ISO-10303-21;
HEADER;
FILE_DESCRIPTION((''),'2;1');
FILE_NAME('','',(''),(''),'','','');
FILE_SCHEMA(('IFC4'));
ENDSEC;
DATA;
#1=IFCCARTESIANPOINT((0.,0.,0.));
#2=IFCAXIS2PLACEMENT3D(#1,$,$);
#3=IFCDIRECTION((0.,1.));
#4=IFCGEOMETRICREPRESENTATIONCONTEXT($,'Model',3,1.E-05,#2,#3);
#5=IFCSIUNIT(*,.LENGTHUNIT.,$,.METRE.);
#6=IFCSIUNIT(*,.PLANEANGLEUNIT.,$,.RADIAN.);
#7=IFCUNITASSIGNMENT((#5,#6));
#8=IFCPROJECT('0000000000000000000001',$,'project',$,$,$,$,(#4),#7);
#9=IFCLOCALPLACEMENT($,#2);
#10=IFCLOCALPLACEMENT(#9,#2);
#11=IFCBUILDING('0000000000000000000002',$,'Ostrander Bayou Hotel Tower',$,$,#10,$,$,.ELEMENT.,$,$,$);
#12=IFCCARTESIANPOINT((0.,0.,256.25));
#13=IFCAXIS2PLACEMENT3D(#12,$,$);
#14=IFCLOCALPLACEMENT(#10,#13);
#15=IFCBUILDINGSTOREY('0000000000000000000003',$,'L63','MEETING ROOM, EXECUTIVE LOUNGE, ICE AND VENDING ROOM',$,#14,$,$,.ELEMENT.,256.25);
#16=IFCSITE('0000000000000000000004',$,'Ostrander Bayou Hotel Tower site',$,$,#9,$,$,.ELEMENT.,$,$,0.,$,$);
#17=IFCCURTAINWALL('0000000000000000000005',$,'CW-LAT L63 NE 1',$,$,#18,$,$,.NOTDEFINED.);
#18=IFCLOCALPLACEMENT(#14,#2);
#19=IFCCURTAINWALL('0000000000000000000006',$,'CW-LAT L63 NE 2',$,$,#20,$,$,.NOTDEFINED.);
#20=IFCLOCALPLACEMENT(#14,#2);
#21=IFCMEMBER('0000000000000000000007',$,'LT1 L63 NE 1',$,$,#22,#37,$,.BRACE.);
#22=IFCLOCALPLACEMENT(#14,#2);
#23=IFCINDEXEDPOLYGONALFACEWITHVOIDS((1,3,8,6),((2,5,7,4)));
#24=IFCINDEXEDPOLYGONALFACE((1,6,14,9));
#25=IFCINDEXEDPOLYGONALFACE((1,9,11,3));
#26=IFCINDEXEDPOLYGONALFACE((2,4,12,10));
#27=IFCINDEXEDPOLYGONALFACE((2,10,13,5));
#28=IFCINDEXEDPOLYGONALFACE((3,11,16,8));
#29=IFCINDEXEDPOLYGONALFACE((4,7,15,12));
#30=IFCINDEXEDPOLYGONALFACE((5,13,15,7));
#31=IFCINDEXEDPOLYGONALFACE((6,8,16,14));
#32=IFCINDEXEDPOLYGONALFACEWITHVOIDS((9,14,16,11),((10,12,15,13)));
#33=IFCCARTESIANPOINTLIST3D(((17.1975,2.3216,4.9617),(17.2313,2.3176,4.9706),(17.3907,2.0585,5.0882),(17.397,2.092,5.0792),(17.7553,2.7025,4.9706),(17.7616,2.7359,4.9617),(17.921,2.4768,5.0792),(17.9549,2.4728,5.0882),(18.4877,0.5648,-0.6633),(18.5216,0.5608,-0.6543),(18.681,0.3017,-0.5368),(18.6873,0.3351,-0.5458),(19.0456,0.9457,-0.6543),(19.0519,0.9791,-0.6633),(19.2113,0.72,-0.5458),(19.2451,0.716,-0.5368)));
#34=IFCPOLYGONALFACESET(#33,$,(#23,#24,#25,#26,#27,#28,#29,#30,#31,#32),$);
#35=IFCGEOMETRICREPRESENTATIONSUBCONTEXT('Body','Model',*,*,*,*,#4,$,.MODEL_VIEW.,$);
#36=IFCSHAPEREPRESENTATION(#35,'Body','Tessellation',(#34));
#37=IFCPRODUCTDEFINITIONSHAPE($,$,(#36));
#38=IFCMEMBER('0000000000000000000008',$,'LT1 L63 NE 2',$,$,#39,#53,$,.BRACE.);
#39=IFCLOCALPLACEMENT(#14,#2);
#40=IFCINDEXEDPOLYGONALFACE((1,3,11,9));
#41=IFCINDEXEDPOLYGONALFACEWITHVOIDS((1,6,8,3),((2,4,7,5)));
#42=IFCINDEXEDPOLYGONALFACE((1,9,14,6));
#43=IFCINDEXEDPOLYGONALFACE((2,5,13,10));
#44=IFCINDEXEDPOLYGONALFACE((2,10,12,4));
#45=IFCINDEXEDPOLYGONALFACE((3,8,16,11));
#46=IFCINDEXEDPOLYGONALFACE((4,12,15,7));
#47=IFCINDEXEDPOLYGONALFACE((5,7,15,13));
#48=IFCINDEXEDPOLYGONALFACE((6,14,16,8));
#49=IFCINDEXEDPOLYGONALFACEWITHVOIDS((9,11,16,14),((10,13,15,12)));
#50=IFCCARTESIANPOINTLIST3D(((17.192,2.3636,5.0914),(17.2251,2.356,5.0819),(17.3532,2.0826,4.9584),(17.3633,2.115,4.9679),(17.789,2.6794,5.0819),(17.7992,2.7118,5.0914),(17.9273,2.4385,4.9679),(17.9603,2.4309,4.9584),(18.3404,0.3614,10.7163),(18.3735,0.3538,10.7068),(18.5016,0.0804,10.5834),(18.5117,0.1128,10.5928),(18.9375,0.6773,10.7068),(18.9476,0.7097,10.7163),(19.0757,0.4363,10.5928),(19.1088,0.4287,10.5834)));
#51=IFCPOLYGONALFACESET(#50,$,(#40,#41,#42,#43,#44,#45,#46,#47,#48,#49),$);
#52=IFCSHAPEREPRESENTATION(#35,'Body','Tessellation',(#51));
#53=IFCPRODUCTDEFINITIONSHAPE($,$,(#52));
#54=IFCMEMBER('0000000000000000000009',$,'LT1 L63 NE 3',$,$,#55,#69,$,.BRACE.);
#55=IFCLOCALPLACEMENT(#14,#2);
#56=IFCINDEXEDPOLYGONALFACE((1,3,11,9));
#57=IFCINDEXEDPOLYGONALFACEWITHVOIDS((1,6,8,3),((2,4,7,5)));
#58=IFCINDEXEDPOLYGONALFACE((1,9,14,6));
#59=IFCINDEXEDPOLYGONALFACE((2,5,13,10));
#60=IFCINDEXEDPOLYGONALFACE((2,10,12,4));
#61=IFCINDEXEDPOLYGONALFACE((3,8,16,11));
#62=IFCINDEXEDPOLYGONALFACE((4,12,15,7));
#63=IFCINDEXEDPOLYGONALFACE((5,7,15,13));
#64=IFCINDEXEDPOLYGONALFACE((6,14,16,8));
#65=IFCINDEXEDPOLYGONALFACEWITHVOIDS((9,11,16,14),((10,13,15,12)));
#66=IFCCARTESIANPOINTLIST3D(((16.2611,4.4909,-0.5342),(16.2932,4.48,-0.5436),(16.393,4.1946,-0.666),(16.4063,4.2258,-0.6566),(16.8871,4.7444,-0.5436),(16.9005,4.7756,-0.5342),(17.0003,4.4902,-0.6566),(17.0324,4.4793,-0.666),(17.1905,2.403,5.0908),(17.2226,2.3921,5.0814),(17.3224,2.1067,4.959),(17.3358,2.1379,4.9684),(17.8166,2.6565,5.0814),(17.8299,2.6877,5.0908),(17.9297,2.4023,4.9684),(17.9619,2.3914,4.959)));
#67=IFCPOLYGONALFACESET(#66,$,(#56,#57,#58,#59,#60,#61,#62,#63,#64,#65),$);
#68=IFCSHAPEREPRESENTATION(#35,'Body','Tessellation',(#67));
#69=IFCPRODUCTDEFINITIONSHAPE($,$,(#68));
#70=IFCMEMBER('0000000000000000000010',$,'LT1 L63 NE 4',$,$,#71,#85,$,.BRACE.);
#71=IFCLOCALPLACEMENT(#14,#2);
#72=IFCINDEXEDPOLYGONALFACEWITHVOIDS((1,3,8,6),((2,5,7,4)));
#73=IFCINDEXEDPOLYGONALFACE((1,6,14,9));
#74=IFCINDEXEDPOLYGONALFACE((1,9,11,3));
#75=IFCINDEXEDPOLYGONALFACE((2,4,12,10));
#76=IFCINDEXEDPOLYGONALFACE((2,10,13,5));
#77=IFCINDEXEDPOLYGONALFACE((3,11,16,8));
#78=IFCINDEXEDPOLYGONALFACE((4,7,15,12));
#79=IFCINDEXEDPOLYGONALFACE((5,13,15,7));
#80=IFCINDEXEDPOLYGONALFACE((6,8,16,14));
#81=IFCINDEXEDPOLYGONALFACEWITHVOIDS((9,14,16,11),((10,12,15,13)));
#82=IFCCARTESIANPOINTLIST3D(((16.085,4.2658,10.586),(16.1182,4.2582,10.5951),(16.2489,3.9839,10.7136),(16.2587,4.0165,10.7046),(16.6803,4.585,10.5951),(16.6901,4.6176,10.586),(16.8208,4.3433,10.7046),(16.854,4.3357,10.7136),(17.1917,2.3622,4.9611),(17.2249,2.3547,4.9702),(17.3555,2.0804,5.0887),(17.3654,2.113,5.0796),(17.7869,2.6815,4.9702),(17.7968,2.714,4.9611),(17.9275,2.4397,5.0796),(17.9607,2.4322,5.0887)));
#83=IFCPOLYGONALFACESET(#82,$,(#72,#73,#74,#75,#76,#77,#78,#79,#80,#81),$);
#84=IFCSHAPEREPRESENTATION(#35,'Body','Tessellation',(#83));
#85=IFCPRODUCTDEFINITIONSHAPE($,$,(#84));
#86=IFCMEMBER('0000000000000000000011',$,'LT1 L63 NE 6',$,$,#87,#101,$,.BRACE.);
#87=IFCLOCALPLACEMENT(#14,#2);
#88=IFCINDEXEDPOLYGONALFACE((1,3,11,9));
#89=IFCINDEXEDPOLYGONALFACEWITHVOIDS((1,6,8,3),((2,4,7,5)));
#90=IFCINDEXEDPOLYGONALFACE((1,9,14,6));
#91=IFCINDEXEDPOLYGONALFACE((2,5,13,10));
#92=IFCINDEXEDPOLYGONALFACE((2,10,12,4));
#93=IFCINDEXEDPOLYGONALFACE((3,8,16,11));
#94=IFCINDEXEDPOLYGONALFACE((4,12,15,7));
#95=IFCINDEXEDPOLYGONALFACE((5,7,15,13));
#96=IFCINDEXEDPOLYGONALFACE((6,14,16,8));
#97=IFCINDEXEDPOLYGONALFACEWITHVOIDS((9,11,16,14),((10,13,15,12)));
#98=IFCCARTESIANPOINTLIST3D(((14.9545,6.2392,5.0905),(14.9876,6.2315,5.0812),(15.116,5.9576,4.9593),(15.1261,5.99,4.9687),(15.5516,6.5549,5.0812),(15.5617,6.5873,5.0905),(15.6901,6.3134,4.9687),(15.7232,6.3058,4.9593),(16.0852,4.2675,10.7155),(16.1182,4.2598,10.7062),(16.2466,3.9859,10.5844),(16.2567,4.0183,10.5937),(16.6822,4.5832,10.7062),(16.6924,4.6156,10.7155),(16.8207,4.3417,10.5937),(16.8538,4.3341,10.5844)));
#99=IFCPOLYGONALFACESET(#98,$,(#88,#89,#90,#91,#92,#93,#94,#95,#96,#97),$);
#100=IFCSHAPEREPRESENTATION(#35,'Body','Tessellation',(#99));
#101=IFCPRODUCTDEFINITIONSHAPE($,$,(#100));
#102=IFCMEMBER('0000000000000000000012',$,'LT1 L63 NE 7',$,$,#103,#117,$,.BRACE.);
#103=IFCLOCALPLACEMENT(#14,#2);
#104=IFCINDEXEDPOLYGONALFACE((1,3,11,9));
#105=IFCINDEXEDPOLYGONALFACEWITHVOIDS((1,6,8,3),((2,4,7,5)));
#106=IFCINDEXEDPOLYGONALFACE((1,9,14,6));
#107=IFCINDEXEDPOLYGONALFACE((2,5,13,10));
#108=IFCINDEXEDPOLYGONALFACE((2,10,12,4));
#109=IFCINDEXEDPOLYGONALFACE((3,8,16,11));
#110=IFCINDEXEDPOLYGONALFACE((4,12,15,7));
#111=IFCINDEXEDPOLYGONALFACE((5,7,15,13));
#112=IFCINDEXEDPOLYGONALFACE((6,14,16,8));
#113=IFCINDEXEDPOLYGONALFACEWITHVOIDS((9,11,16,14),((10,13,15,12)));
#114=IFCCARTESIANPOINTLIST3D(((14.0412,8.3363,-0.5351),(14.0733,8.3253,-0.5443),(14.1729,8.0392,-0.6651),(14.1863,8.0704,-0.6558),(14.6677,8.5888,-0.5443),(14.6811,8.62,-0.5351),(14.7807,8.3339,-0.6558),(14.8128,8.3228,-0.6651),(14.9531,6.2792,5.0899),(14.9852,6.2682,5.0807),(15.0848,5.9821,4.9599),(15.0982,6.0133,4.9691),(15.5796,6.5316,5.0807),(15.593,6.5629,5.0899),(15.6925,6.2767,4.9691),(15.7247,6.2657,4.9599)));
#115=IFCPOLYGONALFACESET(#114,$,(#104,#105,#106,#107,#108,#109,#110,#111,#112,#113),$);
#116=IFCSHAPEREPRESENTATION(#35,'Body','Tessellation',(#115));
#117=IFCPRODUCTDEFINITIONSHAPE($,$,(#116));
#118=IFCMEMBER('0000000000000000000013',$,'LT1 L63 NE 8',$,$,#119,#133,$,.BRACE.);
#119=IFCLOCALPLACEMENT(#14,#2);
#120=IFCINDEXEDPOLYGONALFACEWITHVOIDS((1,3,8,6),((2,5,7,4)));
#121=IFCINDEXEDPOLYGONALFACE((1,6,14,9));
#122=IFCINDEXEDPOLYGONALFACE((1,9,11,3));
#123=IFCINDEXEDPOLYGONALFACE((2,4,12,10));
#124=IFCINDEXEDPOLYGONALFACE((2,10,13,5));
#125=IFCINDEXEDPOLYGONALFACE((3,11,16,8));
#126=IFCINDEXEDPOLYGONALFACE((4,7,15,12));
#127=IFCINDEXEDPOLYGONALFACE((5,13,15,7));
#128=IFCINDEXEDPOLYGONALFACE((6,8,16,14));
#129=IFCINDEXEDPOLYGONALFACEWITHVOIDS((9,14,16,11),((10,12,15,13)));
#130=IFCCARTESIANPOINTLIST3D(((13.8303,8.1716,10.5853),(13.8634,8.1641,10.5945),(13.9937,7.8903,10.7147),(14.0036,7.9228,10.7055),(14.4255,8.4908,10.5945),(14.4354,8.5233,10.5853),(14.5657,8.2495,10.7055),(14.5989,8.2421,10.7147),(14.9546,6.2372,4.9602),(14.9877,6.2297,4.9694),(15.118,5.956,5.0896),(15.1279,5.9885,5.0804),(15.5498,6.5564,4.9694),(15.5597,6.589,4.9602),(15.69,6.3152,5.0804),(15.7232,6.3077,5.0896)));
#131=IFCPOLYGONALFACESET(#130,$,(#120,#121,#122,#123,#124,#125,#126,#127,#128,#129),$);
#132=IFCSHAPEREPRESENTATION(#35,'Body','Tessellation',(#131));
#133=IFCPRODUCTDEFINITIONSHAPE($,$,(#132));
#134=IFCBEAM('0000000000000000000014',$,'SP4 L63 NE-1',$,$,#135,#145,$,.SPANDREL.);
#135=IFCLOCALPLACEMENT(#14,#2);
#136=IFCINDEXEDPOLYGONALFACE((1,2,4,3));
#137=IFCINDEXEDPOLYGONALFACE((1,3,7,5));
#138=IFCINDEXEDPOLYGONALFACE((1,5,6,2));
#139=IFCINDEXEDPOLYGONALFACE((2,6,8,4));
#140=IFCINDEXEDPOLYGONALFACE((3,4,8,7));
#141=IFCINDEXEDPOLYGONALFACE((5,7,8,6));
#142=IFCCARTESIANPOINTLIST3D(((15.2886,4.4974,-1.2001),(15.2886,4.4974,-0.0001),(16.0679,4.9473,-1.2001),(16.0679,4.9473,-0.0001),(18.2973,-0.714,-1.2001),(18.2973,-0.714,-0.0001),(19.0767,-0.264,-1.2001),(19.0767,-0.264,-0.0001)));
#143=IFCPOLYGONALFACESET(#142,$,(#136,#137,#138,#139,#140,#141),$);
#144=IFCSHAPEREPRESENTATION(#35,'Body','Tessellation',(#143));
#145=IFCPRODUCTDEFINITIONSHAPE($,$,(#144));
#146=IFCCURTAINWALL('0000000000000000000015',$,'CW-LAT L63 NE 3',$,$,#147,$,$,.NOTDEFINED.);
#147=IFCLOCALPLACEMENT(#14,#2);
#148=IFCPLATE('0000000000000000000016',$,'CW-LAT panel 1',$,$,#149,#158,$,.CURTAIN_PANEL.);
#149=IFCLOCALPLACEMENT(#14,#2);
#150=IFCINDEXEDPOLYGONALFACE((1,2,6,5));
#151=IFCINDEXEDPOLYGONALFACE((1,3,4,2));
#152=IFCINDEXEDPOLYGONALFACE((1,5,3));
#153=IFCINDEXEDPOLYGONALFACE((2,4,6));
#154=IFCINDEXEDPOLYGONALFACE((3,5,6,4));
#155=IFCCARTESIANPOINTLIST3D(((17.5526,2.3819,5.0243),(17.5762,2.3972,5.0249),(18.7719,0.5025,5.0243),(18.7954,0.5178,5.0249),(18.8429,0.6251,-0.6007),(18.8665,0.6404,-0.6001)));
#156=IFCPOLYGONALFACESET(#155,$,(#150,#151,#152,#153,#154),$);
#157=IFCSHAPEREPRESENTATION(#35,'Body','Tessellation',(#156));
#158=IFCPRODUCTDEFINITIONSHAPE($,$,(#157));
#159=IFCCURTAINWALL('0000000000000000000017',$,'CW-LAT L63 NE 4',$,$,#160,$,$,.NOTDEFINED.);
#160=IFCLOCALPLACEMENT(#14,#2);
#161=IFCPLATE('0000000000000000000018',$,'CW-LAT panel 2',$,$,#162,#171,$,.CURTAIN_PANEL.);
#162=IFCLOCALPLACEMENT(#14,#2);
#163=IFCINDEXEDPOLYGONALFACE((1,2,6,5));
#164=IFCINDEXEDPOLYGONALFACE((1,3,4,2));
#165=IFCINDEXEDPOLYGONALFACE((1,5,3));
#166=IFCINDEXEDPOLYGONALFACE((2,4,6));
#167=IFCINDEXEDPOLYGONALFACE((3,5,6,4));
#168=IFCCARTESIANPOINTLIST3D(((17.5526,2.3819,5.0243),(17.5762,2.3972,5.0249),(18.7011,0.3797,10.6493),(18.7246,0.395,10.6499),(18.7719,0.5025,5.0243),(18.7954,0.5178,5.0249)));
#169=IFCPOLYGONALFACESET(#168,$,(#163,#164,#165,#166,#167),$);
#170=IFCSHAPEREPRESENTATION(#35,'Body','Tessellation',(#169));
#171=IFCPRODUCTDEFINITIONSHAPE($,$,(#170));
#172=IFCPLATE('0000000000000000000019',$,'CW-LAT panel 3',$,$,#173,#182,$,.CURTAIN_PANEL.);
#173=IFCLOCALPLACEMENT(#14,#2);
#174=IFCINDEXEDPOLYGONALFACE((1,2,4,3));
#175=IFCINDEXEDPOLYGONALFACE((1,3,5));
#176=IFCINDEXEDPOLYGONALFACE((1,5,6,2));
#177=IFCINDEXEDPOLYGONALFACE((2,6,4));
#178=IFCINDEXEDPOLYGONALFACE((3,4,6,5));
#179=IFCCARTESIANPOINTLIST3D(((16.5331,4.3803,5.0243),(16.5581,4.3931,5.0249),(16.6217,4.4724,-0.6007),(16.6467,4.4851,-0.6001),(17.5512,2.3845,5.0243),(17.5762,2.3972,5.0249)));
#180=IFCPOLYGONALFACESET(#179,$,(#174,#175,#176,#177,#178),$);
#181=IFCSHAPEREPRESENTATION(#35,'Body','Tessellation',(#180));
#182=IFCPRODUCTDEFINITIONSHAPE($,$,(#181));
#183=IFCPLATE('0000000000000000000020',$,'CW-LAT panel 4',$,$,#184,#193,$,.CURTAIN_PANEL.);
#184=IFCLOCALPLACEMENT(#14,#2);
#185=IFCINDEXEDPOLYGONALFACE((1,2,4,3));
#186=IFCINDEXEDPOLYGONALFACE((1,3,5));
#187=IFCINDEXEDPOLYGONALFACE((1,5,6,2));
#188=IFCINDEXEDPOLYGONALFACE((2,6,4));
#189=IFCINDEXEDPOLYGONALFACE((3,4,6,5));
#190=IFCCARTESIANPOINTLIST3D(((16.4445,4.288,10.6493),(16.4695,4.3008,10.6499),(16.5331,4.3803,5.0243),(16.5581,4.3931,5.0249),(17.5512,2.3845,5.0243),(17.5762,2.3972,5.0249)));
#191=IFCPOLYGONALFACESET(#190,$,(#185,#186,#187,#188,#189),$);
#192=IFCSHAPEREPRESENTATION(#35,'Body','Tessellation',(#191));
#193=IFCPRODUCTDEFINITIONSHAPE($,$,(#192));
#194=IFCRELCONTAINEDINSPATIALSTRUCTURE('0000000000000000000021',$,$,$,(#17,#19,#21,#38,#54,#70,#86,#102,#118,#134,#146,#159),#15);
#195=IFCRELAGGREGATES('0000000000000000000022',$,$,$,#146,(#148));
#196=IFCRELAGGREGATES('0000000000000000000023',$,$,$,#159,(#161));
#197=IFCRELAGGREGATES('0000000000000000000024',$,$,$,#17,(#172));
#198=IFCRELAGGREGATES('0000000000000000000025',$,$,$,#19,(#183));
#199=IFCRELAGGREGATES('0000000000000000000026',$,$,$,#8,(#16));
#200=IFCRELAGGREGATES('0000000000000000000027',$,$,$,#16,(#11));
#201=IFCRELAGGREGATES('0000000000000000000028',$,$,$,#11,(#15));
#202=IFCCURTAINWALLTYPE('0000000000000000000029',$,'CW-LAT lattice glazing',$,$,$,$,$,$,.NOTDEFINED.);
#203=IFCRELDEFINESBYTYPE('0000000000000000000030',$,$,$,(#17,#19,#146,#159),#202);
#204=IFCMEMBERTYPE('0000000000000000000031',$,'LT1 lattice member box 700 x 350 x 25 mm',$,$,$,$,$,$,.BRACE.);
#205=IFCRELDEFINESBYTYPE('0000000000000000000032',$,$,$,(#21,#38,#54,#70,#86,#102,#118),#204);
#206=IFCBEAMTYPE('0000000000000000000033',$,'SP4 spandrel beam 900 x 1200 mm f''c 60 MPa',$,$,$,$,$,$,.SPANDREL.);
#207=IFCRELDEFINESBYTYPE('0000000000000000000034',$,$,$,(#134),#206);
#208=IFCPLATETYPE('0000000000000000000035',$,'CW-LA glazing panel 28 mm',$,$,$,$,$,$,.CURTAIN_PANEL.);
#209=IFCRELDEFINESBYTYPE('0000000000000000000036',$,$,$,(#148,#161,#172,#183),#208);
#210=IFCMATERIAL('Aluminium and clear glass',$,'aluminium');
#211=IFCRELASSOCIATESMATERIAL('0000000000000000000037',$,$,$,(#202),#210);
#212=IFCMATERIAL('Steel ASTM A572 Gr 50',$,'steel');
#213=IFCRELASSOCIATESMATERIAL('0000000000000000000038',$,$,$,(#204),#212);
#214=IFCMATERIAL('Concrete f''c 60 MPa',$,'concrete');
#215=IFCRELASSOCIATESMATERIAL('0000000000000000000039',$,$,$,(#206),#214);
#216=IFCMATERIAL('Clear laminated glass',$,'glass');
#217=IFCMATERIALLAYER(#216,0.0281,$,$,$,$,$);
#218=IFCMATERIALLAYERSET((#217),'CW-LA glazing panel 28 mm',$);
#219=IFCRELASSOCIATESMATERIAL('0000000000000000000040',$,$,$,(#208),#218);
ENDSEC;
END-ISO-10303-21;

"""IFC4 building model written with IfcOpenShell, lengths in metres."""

from ifc_helpers import new_model, si_unit, direction, frame, origin, origin_2d, place, context, subcontext, project, spatial, polyline, rectangle, hollow_rectangle, outline, extrude, material, layer, layer_set, material_profile, profile_set, type_object, element, aggregate, save


model = new_model("IFC4")

# Units and contexts
model_context = context("Model", 3, precision=1e-05, world=origin(), true_north=direction((0.0, 1.0)))
body_context = subcontext(model_context, "Body", "Model", "MODEL_VIEW")
ifc_project = project(units=[si_unit("LENGTHUNIT", "METRE"), si_unit("PLANEANGLEUNIT", "RADIAN")], contexts=[model_context])

# Site, building, storey
site_placement = place(None, origin())
site = spatial("IfcSite", under=ifc_project, at=site_placement, Name="Ostrander Bayou Hotel Tower site", CompositionType="ELEMENT", RefElevation=0.0)
building_placement = place(site_placement, origin())
building = spatial("IfcBuilding", under=site, at=building_placement, Name="Ostrander Bayou Hotel Tower", CompositionType="ELEMENT")
storey_placement = place(building_placement, frame((0.0, 0.0, 256.25)))
storey = spatial("IfcBuildingStorey", under=building, at=storey_placement, Name="L63", Description="MEETING ROOM, EXECUTIVE LOUNGE, ICE AND VENDING ROOM", CompositionType="ELEMENT", Elevation=256.25)

# Curtain walls
ifc_material_1 = material(Name="Aluminium and clear glass", Category="aluminium")
curtain_wall_type = type_object("IfcCurtainWallType", Name="CW-LAT lattice glazing", PredefinedType="NOTDEFINED", material=ifc_material_1)
curtain_wall_1_placement = place(storey_placement, origin())
curtain_wall_1 = element("IfcCurtainWall", 1, at=curtain_wall_1_placement, inside=storey, type_object=curtain_wall_type, Name="CW-LAT L63 NE 1", PredefinedType="NOTDEFINED")
curtain_wall_2_placement = place(storey_placement, origin())
curtain_wall_2 = element("IfcCurtainWall", 2, at=curtain_wall_2_placement, inside=storey, type_object=curtain_wall_type, Name="CW-LAT L63 NE 2", PredefinedType="NOTDEFINED")

# Members
ifc_material_2 = material(Name="Steel ASTM A572 Gr 50", Category="steel")
ifc_material_profile_1 = material_profile(ifc_material_2, hollow_rectangle(XDim=0.7, YDim=0.3501, WallThickness=0.0249, at=origin_2d()))
ifc_profile_set_1 = profile_set([ifc_material_profile_1], Name="Steel ASTM A572 Gr 50")
member_type_1 = type_object("IfcMemberType", Name="LT1 lattice member box 700 x 350 x 25 mm", PredefinedType="BRACE", material=ifc_profile_set_1)
member_1_placement = place(storey_placement, frame((17.5762, 2.3972, 5.0249), z_axis=(0.213886, -0.291225, -0.932438), x_axis=(0.805981, 0.591941, 0.0)))
element("IfcMember", 3, at=member_1_placement, inside=storey, type_object=member_type_1, Name="LT1 L63 NE 1", PredefinedType="BRACE", context=body_context, shape_type="SweptSolid", body=[
    extrude(hollow_rectangle(XDim=0.7, YDim=0.3501, WallThickness=0.0249, at=origin_2d()), origin(), (0.0, 0.0, 1.0), 6.0325),
])
member_2_placement = place(storey_placement, frame((17.5762, 2.3972, 5.0249), z_axis=(0.188883, -0.3293, 0.92514), x_axis=(0.867435, 0.497551, 0.0)))
element("IfcMember", 4, at=member_2_placement, inside=storey, type_object=member_type_1, Name="LT1 L63 NE 2", PredefinedType="BRACE", context=body_context, shape_type="SweptSolid", body=[
    extrude(hollow_rectangle(XDim=0.7, YDim=0.3501, WallThickness=0.0249, at=origin_2d()), origin(), (0.0, 0.0, 1.0), 6.0801),
])
member_3_placement = place(storey_placement, frame((17.5762, 2.3972, 5.0249), z_axis=(-0.153082, 0.343881, -0.926451), x_axis=(-0.913569, -0.406684, 0.0)))
element("IfcMember", 5, at=member_3_placement, inside=storey, type_object=member_type_1, Name="LT1 L63 NE 3", PredefinedType="BRACE", context=body_context, shape_type="SweptSolid", body=[
    extrude(hollow_rectangle(XDim=0.7, YDim=0.3501, WallThickness=0.0249, at=origin_2d()), origin(), (0.0, 0.0, 1.0), 6.0715),
])
member_4_placement = place(storey_placement, frame((17.5762, 2.3972, 5.0249), z_axis=(-0.183208, 0.315128, 0.931198), x_axis=(-0.864514, -0.502609, 0.0)))
element("IfcMember", 6, at=member_4_placement, inside=storey, type_object=member_type_1, Name="LT1 L63 NE 4", PredefinedType="BRACE", context=body_context, shape_type="SweptSolid", body=[
    extrude(hollow_rectangle(XDim=0.7, YDim=0.3501, WallThickness=0.0249, at=origin_2d()), origin(), (0.0, 0.0, 1.0), 6.0405),
])
member_5_placement = place(storey_placement, frame((15.3389, 6.2725, 5.0249), z_axis=(0.18636, -0.324993, 0.927173), x_axis=(0.867495, 0.497446, 0.0)))
element("IfcMember", 7, at=member_5_placement, inside=storey, type_object=member_type_1, Name="LT1 L63 NE 6", PredefinedType="BRACE", context=body_context, shape_type="SweptSolid", body=[
    extrude(hollow_rectangle(XDim=0.7, YDim=0.3501, WallThickness=0.0249, at=origin_2d()), origin(), (0.0, 0.0, 1.0), 6.0669),
])
member_6_placement = place(storey_placement, frame((15.3389, 6.2725, 5.0249), z_axis=(-0.150513, 0.339551, -0.928467), x_axis=(-0.914209, -0.405242, 0.0)))
element("IfcMember", 8, at=member_6_placement, inside=storey, type_object=member_type_1, Name="LT1 L63 NE 7", PredefinedType="BRACE", context=body_context, shape_type="SweptSolid", body=[
    extrude(hollow_rectangle(XDim=0.7, YDim=0.3501, WallThickness=0.0249, at=origin_2d()), origin(), (0.0, 0.0, 1.0), 6.0583),
])
member_7_placement = place(storey_placement, frame((15.3389, 6.2725, 5.0249), z_axis=(-0.185718, 0.319533, 0.929197), x_axis=(-0.864573, -0.502507, 0.0)))
element("IfcMember", 9, at=member_7_placement, inside=storey, type_object=member_type_1, Name="LT1 L63 NE 8", PredefinedType="BRACE", context=body_context, shape_type="SweptSolid", body=[
    extrude(hollow_rectangle(XDim=0.7, YDim=0.3501, WallThickness=0.0249, at=origin_2d()), origin(), (0.0, 0.0, 1.0), 6.0537),
])

# Beam
ifc_material_3 = material(Name="Concrete f'c 60 MPa", Category="concrete")
ifc_material_profile_2 = material_profile(ifc_material_3, rectangle(XDim=0.8999, YDim=1.2, at=origin_2d()))
ifc_profile_set_2 = profile_set([ifc_material_profile_2], Name="Concrete f'c 60 MPa")
beam_type = type_object("IfcBeamType", Name="SP4 spandrel beam 900 x 1200 mm f'c 60 MPa", PredefinedType="SPANDREL", material=ifc_profile_set_2)
beam_placement = place(storey_placement, frame((18.687, -0.489, -0.6001), z_axis=(-0.499996, 0.866027, 0.0), x_axis=(-0.866027, -0.499996, 0.0)))
element("IfcBeam", 10, at=beam_placement, inside=storey, type_object=beam_type, Name="SP4 L63 NE-1", PredefinedType="SPANDREL", context=body_context, shape_type="SweptSolid", body=[
    extrude(rectangle(XDim=0.8999, YDim=1.2, at=origin_2d()), origin(), (0.0, 0.0, 1.0), 6.0176),
])

# Curtain walls, plates
curtain_wall_3_placement = place(storey_placement, origin())
curtain_wall_3 = element("IfcCurtainWall", 11, at=curtain_wall_3_placement, inside=storey, type_object=curtain_wall_type, Name="CW-LAT L63 NE 3", PredefinedType="NOTDEFINED")
ifc_material_4 = material(Name="Clear laminated glass", Category="glass")
ifc_layer_1 = layer(ifc_material_4, 0.0281)
ifc_layer_set_1 = layer_set([ifc_layer_1], Name="CW-LA glazing panel 28 mm")
plate_type = type_object("IfcPlateType", Name="CW-LA glazing panel 28 mm", PredefinedType="CURTAIN_PANEL", material=ifc_layer_set_1)
plate_1_placement = place(storey_placement, frame((17.5762, 2.3972, 5.0249), z_axis=(0.838715, 0.544108, 0.022448), x_axis=(0.213886, -0.291225, -0.932438)))
plate_1 = element("IfcPlate", 12, at=plate_1_placement, type_object=plate_type, Name="CW-LAT panel 1", PredefinedType="CURTAIN_PANEL", context=body_context, shape_type="SweptSolid", body=[
    extrude(outline(polyline([(0.0, 0.0), (6.0326, 0.0), (0.8081, -2.0894), (0.0, 0.0)])), origin(), (0.0, 0.0, -1.0), 0.0281),
])
curtain_wall_4_placement = place(storey_placement, origin())
curtain_wall_4 = element("IfcCurtainWall", 13, at=curtain_wall_4_placement, inside=storey, type_object=curtain_wall_type, Name="CW-LAT L63 NE 4", PredefinedType="NOTDEFINED")
plate_2_placement = place(storey_placement, frame((17.5762, 2.3972, 5.0249), z_axis=(0.838715, 0.544108, 0.022435), x_axis=(0.188883, -0.3293, 0.92514)))
plate_2 = element("IfcPlate", 14, at=plate_2_placement, type_object=plate_type, Name="CW-LAT panel 2", PredefinedType="CURTAIN_PANEL", context=body_context, shape_type="SweptSolid", body=[
    extrude(outline(polyline([(0.0, 0.0), (6.0802, 0.0), (0.8492, 2.0731), (0.0, 0.0)])), origin(), (0.0, 0.0, -1.0), 0.0281),
])

# Plates
plate_3_placement = place(storey_placement, frame((17.5762, 2.3972, 5.0249), z_axis=(0.890597, 0.454286, 0.021465), x_axis=(-0.153082, 0.343881, -0.926451)))
plate_3 = element("IfcPlate", 15, at=plate_3_placement, type_object=plate_type, Name="CW-LAT panel 3", PredefinedType="CURTAIN_PANEL", context=body_context, shape_type="SweptSolid", body=[
    extrude(outline(polyline([(0.0, 0.0), (6.0716, 0.0), (0.8422, 2.0762), (0.0, 0.0)])), origin(), (0.0, 0.0, -1.0), 0.0281),
])
plate_4_placement = place(storey_placement, frame((17.5762, 2.3972, 5.0249), z_axis=(0.890597, 0.454286, 0.021485), x_axis=(-0.183208, 0.315128, 0.931198)))
plate_4 = element("IfcPlate", 16, at=plate_4_placement, type_object=plate_type, Name="CW-LAT panel 4", PredefinedType="CURTAIN_PANEL", context=body_context, shape_type="SweptSolid", body=[
    extrude(outline(polyline([(0.0, 0.0), (6.0406, 0.0), (0.8155, -2.0868), (0.0, 0.0)])), origin(), (0.0, 0.0, -1.0), 0.0281),
])
aggregate(curtain_wall_3, [plate_1])
aggregate(curtain_wall_4, [plate_2])
aggregate(curtain_wall_1, [plate_3])
aggregate(curtain_wall_2, [plate_4])

save(model, "model.ifc")
